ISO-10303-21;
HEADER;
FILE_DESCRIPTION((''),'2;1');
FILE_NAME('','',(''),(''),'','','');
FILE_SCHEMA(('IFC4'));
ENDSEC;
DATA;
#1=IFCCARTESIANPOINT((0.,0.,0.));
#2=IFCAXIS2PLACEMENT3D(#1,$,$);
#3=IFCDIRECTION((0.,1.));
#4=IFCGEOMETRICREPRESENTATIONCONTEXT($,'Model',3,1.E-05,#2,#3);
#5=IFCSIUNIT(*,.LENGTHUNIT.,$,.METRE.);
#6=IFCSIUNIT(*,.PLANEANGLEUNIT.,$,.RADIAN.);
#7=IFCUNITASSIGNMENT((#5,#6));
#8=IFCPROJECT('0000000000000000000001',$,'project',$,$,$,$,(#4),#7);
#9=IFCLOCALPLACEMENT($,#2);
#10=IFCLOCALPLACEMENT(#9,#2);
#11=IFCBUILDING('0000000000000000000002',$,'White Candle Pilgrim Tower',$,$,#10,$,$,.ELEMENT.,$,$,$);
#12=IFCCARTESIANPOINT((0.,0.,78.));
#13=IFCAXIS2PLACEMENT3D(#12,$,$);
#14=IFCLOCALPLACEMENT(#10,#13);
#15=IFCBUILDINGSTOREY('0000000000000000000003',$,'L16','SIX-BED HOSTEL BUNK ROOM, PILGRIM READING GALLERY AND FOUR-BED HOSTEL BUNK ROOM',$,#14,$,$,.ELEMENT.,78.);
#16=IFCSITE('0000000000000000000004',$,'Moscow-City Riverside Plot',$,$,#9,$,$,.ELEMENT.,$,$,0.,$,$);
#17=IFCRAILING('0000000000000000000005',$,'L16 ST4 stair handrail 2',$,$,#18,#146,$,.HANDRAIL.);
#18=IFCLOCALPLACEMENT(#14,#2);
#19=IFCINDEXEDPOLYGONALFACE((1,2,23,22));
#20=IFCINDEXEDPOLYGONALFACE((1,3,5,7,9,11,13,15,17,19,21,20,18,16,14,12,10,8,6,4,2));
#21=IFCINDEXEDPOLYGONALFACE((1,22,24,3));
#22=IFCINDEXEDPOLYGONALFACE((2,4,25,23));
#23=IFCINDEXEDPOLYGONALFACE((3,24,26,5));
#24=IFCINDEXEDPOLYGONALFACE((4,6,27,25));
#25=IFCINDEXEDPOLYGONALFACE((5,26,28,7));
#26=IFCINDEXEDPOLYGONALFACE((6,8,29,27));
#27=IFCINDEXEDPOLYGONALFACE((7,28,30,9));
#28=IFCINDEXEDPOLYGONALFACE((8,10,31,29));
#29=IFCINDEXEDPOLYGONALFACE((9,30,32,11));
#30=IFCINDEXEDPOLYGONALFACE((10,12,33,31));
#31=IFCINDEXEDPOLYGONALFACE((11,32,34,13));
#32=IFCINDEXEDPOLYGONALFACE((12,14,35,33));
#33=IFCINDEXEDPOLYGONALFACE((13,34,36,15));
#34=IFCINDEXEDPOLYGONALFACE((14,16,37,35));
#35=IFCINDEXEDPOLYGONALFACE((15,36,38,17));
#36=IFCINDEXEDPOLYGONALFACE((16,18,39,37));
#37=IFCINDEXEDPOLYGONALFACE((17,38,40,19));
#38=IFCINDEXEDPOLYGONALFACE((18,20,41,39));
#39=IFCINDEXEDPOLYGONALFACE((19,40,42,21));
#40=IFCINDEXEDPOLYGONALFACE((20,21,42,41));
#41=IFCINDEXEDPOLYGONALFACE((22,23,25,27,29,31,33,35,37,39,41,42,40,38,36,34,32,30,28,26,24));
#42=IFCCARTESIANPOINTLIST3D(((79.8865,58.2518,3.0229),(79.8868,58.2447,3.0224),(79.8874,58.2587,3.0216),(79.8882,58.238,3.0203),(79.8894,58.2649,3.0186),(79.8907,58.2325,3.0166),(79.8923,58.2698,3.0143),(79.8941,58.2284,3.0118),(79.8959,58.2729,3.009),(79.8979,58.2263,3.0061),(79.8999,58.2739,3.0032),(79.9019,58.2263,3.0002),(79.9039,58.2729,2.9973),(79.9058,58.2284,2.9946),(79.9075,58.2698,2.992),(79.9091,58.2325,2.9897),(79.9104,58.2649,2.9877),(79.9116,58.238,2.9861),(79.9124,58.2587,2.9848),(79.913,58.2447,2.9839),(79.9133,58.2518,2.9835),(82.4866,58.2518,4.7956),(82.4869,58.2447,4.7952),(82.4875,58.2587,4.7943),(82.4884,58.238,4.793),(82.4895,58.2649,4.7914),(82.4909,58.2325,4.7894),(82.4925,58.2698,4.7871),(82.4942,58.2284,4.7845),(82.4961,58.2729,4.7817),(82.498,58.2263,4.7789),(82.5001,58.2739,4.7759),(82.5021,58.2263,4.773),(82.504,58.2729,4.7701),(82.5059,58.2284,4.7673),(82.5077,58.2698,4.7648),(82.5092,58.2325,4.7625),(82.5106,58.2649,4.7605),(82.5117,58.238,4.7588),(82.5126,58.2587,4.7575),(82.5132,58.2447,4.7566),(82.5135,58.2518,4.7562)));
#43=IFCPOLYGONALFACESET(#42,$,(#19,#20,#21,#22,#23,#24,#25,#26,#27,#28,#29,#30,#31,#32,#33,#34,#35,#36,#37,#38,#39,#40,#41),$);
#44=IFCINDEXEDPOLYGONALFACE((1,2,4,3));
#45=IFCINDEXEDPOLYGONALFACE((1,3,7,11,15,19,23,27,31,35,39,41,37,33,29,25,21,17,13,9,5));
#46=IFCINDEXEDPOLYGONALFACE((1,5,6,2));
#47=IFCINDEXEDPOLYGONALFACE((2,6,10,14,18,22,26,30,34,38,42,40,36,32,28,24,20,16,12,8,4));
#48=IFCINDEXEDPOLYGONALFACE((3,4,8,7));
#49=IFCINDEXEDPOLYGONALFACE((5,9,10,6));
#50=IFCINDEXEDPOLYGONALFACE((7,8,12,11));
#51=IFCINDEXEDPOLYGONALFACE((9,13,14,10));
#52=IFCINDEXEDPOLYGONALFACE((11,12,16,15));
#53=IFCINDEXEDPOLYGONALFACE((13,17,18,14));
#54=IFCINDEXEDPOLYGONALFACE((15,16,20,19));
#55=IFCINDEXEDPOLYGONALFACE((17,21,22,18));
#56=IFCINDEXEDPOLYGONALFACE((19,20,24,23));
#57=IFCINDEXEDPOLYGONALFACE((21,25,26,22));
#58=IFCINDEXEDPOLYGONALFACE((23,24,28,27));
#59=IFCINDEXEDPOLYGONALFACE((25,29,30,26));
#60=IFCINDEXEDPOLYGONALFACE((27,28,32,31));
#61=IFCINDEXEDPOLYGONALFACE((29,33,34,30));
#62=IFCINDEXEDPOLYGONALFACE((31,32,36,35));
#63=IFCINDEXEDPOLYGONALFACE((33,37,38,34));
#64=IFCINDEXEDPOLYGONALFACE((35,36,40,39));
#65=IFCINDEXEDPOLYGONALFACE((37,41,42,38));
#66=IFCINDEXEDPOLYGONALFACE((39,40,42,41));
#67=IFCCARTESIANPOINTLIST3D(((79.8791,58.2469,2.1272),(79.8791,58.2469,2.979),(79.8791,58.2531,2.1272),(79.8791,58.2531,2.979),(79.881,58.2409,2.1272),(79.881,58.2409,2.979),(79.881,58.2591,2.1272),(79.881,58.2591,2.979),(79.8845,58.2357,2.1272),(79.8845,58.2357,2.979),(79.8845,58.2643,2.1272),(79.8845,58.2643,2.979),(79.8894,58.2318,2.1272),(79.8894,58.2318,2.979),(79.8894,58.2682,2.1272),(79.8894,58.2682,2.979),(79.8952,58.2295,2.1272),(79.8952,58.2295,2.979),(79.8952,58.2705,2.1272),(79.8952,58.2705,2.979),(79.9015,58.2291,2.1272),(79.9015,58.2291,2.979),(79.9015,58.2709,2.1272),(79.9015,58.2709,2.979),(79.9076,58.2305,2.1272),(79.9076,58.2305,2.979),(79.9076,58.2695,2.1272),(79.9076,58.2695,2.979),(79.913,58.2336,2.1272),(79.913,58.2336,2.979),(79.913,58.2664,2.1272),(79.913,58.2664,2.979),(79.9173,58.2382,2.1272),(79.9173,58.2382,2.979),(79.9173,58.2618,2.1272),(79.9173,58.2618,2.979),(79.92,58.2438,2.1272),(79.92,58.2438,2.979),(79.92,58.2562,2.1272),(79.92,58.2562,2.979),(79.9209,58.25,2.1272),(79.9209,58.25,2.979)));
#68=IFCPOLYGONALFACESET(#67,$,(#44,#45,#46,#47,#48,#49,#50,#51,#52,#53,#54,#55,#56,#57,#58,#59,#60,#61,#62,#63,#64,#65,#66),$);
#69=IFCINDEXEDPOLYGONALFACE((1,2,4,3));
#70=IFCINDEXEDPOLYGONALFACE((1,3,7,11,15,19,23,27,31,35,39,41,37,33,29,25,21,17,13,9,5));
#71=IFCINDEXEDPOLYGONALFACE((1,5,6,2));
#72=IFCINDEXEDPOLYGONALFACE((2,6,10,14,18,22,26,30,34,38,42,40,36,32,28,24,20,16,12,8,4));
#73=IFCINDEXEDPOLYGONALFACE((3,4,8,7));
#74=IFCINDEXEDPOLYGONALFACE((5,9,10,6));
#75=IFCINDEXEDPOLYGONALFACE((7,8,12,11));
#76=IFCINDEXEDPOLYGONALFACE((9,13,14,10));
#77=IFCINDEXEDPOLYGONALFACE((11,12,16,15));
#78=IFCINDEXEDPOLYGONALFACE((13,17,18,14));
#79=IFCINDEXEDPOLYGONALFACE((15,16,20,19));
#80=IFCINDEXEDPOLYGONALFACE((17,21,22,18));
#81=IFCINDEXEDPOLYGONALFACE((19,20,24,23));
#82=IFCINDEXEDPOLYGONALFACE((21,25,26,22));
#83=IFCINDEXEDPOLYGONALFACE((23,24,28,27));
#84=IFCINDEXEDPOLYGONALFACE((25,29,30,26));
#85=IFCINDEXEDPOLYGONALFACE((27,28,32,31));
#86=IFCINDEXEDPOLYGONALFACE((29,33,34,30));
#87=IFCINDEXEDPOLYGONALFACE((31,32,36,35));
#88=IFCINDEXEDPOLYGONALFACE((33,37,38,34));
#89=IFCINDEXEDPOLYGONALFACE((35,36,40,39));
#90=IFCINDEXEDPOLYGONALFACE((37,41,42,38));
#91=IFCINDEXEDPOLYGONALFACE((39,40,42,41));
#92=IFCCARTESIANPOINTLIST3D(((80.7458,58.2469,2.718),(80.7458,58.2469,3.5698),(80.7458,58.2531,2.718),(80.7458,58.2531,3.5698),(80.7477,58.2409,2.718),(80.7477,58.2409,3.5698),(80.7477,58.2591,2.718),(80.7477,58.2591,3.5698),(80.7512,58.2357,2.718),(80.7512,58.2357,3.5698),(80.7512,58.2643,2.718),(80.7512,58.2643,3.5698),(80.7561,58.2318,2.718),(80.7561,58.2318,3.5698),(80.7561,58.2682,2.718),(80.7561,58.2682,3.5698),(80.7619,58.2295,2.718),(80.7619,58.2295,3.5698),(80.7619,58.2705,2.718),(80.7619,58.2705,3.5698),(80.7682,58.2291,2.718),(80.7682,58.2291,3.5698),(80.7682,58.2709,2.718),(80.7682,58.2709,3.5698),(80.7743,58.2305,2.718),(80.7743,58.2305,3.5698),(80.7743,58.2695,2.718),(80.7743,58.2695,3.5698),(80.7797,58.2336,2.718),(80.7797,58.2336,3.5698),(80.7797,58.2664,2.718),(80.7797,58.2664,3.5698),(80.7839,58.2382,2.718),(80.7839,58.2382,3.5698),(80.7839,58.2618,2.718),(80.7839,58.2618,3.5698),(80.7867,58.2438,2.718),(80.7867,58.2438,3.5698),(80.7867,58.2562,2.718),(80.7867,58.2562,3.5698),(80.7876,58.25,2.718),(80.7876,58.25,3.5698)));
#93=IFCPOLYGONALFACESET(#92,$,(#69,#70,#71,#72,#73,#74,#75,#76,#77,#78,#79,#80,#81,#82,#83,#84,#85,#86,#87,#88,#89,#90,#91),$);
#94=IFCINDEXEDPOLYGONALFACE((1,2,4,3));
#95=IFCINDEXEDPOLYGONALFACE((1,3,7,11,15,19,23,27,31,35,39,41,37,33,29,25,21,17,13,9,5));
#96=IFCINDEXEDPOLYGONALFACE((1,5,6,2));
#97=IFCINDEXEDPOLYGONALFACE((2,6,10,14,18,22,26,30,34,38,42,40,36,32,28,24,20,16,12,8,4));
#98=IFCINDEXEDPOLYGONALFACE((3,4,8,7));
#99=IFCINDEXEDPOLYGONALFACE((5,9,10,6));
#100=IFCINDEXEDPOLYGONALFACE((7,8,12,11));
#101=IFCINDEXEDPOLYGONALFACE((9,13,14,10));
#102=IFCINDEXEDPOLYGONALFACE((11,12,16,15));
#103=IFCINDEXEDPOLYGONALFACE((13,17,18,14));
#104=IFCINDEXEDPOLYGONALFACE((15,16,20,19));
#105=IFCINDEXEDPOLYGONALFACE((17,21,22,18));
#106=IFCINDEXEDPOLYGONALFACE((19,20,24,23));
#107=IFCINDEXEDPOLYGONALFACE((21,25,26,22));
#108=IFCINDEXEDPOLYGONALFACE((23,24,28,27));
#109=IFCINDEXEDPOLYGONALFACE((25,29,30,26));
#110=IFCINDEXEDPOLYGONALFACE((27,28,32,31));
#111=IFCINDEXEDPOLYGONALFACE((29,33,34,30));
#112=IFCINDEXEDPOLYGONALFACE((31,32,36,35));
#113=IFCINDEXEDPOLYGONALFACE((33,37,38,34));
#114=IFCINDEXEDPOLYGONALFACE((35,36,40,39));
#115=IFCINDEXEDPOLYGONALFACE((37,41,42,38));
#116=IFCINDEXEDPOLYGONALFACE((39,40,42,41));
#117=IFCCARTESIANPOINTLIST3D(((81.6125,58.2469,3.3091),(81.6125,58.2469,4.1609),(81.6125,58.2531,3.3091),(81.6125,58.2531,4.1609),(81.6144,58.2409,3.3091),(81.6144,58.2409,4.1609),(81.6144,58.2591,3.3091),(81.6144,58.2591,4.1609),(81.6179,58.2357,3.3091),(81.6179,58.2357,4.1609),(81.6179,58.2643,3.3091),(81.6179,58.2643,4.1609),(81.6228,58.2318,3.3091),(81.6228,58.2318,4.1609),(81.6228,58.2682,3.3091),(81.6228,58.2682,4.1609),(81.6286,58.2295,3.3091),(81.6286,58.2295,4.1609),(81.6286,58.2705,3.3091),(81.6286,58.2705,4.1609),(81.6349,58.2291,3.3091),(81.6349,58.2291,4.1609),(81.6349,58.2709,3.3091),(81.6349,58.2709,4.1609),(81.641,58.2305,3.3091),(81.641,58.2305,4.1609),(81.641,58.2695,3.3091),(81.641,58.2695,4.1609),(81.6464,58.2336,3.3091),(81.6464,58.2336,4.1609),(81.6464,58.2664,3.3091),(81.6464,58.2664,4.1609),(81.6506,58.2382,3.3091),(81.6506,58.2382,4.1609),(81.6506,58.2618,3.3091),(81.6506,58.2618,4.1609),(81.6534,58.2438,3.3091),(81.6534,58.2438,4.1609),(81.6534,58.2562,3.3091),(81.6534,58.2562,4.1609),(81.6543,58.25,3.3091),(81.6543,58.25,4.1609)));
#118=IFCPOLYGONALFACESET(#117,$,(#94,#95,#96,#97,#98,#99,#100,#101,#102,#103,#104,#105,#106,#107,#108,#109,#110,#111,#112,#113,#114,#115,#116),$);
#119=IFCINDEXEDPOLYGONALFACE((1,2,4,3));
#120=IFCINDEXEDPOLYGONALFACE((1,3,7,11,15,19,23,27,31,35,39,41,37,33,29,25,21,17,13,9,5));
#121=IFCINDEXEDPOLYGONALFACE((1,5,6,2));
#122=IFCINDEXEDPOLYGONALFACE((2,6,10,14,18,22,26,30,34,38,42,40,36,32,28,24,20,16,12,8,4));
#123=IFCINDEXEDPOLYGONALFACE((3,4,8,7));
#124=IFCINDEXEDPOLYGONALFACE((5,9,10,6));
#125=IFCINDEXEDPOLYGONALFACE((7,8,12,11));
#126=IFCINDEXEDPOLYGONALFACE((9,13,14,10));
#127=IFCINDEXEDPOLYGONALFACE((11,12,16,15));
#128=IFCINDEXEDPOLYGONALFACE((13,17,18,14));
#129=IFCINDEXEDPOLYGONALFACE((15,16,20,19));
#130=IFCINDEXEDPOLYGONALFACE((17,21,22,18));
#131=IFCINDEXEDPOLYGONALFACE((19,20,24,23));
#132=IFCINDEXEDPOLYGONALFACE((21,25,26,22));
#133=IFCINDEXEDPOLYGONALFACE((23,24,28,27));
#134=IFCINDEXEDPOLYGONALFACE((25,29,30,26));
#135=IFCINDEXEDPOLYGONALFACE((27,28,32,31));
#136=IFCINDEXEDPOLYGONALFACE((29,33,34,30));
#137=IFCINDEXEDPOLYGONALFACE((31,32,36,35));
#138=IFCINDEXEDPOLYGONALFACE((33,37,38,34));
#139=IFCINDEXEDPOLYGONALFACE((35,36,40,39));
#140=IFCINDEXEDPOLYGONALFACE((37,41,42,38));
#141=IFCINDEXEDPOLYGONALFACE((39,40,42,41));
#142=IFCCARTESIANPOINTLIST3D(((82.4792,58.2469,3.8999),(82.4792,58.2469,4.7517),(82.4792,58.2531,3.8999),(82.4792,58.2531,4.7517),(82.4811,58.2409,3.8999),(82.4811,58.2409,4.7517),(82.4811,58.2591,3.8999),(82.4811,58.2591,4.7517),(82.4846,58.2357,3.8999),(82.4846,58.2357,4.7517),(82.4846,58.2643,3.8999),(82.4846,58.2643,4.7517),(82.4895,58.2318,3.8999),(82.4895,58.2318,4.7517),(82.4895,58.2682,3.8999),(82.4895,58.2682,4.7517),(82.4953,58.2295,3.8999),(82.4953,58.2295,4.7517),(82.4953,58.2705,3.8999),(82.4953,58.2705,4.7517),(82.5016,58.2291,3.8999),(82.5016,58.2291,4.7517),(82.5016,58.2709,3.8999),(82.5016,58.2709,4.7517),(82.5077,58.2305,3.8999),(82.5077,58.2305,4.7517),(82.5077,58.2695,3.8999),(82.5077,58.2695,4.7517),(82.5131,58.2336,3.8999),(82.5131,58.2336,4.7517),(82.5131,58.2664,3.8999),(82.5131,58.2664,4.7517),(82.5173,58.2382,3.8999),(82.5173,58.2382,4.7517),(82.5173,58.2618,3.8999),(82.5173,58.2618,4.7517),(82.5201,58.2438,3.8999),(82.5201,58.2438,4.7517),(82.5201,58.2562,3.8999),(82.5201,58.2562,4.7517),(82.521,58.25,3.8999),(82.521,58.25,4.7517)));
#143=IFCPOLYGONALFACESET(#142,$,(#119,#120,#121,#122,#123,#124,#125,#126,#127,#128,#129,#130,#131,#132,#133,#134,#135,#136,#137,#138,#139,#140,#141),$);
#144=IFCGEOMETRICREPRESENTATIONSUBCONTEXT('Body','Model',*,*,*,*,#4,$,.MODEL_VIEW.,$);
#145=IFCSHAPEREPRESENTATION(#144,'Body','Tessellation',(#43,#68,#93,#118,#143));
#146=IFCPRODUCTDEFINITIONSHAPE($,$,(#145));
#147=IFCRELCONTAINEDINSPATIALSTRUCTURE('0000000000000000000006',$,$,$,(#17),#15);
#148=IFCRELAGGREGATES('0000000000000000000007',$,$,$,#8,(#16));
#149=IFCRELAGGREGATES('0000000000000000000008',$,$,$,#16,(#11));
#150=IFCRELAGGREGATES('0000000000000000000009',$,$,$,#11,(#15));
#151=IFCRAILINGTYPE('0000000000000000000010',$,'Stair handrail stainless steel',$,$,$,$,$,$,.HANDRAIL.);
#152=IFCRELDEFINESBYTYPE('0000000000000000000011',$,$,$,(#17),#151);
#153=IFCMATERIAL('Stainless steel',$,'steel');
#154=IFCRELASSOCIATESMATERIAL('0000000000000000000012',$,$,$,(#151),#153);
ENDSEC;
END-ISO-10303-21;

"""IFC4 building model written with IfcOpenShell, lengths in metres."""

from ifc_helpers import new_model, si_unit, direction, frame, origin, origin_2d, place, context, subcontext, project, spatial, circle, extrude, material, type_object, element, save


model = new_model("IFC4")

# Units and contexts
model_context = context("Model", 3, precision=1e-05, world=origin(), true_north=direction((0.0, 1.0)))
body_context = subcontext(model_context, "Body", "Model", "MODEL_VIEW")
ifc_project = project(units=[si_unit("LENGTHUNIT", "METRE"), si_unit("PLANEANGLEUNIT", "RADIAN")], contexts=[model_context])

# Site, building, storey
site_placement = place(None, origin())
site = spatial("IfcSite", under=ifc_project, at=site_placement, Name="Moscow-City Riverside Plot", CompositionType="ELEMENT", RefElevation=0.0)
building_placement = place(site_placement, origin())
building = spatial("IfcBuilding", under=site, at=building_placement, Name="White Candle Pilgrim Tower", CompositionType="ELEMENT")
storey_placement = place(building_placement, frame((0.0, 0.0, 78.0)))
storey = spatial("IfcBuildingStorey", under=building, at=storey_placement, Name="L16", Description="SIX-BED HOSTEL BUNK ROOM, PILGRIM READING GALLERY AND FOUR-BED HOSTEL BUNK ROOM", CompositionType="ELEMENT", Elevation=78.0)

# Railing
ifc_material_1 = material(Name="Stainless steel", Category="steel")
railing_type_1 = type_object("IfcRailingType", Name="Stair handrail stainless steel", PredefinedType="HANDRAIL", material=ifc_material_1)
railing_1_placement = place(storey_placement, frame((79.8999, 58.25, 2.1272)))
element("IfcRailing", 1, at=railing_1_placement, inside=storey, type_object=railing_type_1, Name="L16 ST4 stair handrail 2", PredefinedType="HANDRAIL", context=body_context, shape_type="SweptSolid", body=[
    extrude(circle(Radius=0.0239, at=origin_2d()), frame((0.0, 0.0, 0.876), z_axis=(0.82624, 0.0, 0.563318), x_axis=(0.0, 1.0, 0.0)), (0.0, 0.0, 1.0), 3.147),
    extrude(circle(Radius=0.021, at=origin_2d()), origin(), (0.0, 0.0, 1.0), 0.8518),
    extrude(circle(Radius=0.021, at=origin_2d()), frame((0.8667, 0.0, 0.5908)), (0.0, 0.0, 1.0), 0.8518),
    extrude(circle(Radius=0.021, at=origin_2d()), frame((1.7334, 0.0, 1.1819)), (0.0, 0.0, 1.0), 0.8518),
    extrude(circle(Radius=0.021, at=origin_2d()), frame((2.6001, 0.0, 1.7727)), (0.0, 0.0, 1.0), 0.8518),
])

save(model, "model.ifc")
